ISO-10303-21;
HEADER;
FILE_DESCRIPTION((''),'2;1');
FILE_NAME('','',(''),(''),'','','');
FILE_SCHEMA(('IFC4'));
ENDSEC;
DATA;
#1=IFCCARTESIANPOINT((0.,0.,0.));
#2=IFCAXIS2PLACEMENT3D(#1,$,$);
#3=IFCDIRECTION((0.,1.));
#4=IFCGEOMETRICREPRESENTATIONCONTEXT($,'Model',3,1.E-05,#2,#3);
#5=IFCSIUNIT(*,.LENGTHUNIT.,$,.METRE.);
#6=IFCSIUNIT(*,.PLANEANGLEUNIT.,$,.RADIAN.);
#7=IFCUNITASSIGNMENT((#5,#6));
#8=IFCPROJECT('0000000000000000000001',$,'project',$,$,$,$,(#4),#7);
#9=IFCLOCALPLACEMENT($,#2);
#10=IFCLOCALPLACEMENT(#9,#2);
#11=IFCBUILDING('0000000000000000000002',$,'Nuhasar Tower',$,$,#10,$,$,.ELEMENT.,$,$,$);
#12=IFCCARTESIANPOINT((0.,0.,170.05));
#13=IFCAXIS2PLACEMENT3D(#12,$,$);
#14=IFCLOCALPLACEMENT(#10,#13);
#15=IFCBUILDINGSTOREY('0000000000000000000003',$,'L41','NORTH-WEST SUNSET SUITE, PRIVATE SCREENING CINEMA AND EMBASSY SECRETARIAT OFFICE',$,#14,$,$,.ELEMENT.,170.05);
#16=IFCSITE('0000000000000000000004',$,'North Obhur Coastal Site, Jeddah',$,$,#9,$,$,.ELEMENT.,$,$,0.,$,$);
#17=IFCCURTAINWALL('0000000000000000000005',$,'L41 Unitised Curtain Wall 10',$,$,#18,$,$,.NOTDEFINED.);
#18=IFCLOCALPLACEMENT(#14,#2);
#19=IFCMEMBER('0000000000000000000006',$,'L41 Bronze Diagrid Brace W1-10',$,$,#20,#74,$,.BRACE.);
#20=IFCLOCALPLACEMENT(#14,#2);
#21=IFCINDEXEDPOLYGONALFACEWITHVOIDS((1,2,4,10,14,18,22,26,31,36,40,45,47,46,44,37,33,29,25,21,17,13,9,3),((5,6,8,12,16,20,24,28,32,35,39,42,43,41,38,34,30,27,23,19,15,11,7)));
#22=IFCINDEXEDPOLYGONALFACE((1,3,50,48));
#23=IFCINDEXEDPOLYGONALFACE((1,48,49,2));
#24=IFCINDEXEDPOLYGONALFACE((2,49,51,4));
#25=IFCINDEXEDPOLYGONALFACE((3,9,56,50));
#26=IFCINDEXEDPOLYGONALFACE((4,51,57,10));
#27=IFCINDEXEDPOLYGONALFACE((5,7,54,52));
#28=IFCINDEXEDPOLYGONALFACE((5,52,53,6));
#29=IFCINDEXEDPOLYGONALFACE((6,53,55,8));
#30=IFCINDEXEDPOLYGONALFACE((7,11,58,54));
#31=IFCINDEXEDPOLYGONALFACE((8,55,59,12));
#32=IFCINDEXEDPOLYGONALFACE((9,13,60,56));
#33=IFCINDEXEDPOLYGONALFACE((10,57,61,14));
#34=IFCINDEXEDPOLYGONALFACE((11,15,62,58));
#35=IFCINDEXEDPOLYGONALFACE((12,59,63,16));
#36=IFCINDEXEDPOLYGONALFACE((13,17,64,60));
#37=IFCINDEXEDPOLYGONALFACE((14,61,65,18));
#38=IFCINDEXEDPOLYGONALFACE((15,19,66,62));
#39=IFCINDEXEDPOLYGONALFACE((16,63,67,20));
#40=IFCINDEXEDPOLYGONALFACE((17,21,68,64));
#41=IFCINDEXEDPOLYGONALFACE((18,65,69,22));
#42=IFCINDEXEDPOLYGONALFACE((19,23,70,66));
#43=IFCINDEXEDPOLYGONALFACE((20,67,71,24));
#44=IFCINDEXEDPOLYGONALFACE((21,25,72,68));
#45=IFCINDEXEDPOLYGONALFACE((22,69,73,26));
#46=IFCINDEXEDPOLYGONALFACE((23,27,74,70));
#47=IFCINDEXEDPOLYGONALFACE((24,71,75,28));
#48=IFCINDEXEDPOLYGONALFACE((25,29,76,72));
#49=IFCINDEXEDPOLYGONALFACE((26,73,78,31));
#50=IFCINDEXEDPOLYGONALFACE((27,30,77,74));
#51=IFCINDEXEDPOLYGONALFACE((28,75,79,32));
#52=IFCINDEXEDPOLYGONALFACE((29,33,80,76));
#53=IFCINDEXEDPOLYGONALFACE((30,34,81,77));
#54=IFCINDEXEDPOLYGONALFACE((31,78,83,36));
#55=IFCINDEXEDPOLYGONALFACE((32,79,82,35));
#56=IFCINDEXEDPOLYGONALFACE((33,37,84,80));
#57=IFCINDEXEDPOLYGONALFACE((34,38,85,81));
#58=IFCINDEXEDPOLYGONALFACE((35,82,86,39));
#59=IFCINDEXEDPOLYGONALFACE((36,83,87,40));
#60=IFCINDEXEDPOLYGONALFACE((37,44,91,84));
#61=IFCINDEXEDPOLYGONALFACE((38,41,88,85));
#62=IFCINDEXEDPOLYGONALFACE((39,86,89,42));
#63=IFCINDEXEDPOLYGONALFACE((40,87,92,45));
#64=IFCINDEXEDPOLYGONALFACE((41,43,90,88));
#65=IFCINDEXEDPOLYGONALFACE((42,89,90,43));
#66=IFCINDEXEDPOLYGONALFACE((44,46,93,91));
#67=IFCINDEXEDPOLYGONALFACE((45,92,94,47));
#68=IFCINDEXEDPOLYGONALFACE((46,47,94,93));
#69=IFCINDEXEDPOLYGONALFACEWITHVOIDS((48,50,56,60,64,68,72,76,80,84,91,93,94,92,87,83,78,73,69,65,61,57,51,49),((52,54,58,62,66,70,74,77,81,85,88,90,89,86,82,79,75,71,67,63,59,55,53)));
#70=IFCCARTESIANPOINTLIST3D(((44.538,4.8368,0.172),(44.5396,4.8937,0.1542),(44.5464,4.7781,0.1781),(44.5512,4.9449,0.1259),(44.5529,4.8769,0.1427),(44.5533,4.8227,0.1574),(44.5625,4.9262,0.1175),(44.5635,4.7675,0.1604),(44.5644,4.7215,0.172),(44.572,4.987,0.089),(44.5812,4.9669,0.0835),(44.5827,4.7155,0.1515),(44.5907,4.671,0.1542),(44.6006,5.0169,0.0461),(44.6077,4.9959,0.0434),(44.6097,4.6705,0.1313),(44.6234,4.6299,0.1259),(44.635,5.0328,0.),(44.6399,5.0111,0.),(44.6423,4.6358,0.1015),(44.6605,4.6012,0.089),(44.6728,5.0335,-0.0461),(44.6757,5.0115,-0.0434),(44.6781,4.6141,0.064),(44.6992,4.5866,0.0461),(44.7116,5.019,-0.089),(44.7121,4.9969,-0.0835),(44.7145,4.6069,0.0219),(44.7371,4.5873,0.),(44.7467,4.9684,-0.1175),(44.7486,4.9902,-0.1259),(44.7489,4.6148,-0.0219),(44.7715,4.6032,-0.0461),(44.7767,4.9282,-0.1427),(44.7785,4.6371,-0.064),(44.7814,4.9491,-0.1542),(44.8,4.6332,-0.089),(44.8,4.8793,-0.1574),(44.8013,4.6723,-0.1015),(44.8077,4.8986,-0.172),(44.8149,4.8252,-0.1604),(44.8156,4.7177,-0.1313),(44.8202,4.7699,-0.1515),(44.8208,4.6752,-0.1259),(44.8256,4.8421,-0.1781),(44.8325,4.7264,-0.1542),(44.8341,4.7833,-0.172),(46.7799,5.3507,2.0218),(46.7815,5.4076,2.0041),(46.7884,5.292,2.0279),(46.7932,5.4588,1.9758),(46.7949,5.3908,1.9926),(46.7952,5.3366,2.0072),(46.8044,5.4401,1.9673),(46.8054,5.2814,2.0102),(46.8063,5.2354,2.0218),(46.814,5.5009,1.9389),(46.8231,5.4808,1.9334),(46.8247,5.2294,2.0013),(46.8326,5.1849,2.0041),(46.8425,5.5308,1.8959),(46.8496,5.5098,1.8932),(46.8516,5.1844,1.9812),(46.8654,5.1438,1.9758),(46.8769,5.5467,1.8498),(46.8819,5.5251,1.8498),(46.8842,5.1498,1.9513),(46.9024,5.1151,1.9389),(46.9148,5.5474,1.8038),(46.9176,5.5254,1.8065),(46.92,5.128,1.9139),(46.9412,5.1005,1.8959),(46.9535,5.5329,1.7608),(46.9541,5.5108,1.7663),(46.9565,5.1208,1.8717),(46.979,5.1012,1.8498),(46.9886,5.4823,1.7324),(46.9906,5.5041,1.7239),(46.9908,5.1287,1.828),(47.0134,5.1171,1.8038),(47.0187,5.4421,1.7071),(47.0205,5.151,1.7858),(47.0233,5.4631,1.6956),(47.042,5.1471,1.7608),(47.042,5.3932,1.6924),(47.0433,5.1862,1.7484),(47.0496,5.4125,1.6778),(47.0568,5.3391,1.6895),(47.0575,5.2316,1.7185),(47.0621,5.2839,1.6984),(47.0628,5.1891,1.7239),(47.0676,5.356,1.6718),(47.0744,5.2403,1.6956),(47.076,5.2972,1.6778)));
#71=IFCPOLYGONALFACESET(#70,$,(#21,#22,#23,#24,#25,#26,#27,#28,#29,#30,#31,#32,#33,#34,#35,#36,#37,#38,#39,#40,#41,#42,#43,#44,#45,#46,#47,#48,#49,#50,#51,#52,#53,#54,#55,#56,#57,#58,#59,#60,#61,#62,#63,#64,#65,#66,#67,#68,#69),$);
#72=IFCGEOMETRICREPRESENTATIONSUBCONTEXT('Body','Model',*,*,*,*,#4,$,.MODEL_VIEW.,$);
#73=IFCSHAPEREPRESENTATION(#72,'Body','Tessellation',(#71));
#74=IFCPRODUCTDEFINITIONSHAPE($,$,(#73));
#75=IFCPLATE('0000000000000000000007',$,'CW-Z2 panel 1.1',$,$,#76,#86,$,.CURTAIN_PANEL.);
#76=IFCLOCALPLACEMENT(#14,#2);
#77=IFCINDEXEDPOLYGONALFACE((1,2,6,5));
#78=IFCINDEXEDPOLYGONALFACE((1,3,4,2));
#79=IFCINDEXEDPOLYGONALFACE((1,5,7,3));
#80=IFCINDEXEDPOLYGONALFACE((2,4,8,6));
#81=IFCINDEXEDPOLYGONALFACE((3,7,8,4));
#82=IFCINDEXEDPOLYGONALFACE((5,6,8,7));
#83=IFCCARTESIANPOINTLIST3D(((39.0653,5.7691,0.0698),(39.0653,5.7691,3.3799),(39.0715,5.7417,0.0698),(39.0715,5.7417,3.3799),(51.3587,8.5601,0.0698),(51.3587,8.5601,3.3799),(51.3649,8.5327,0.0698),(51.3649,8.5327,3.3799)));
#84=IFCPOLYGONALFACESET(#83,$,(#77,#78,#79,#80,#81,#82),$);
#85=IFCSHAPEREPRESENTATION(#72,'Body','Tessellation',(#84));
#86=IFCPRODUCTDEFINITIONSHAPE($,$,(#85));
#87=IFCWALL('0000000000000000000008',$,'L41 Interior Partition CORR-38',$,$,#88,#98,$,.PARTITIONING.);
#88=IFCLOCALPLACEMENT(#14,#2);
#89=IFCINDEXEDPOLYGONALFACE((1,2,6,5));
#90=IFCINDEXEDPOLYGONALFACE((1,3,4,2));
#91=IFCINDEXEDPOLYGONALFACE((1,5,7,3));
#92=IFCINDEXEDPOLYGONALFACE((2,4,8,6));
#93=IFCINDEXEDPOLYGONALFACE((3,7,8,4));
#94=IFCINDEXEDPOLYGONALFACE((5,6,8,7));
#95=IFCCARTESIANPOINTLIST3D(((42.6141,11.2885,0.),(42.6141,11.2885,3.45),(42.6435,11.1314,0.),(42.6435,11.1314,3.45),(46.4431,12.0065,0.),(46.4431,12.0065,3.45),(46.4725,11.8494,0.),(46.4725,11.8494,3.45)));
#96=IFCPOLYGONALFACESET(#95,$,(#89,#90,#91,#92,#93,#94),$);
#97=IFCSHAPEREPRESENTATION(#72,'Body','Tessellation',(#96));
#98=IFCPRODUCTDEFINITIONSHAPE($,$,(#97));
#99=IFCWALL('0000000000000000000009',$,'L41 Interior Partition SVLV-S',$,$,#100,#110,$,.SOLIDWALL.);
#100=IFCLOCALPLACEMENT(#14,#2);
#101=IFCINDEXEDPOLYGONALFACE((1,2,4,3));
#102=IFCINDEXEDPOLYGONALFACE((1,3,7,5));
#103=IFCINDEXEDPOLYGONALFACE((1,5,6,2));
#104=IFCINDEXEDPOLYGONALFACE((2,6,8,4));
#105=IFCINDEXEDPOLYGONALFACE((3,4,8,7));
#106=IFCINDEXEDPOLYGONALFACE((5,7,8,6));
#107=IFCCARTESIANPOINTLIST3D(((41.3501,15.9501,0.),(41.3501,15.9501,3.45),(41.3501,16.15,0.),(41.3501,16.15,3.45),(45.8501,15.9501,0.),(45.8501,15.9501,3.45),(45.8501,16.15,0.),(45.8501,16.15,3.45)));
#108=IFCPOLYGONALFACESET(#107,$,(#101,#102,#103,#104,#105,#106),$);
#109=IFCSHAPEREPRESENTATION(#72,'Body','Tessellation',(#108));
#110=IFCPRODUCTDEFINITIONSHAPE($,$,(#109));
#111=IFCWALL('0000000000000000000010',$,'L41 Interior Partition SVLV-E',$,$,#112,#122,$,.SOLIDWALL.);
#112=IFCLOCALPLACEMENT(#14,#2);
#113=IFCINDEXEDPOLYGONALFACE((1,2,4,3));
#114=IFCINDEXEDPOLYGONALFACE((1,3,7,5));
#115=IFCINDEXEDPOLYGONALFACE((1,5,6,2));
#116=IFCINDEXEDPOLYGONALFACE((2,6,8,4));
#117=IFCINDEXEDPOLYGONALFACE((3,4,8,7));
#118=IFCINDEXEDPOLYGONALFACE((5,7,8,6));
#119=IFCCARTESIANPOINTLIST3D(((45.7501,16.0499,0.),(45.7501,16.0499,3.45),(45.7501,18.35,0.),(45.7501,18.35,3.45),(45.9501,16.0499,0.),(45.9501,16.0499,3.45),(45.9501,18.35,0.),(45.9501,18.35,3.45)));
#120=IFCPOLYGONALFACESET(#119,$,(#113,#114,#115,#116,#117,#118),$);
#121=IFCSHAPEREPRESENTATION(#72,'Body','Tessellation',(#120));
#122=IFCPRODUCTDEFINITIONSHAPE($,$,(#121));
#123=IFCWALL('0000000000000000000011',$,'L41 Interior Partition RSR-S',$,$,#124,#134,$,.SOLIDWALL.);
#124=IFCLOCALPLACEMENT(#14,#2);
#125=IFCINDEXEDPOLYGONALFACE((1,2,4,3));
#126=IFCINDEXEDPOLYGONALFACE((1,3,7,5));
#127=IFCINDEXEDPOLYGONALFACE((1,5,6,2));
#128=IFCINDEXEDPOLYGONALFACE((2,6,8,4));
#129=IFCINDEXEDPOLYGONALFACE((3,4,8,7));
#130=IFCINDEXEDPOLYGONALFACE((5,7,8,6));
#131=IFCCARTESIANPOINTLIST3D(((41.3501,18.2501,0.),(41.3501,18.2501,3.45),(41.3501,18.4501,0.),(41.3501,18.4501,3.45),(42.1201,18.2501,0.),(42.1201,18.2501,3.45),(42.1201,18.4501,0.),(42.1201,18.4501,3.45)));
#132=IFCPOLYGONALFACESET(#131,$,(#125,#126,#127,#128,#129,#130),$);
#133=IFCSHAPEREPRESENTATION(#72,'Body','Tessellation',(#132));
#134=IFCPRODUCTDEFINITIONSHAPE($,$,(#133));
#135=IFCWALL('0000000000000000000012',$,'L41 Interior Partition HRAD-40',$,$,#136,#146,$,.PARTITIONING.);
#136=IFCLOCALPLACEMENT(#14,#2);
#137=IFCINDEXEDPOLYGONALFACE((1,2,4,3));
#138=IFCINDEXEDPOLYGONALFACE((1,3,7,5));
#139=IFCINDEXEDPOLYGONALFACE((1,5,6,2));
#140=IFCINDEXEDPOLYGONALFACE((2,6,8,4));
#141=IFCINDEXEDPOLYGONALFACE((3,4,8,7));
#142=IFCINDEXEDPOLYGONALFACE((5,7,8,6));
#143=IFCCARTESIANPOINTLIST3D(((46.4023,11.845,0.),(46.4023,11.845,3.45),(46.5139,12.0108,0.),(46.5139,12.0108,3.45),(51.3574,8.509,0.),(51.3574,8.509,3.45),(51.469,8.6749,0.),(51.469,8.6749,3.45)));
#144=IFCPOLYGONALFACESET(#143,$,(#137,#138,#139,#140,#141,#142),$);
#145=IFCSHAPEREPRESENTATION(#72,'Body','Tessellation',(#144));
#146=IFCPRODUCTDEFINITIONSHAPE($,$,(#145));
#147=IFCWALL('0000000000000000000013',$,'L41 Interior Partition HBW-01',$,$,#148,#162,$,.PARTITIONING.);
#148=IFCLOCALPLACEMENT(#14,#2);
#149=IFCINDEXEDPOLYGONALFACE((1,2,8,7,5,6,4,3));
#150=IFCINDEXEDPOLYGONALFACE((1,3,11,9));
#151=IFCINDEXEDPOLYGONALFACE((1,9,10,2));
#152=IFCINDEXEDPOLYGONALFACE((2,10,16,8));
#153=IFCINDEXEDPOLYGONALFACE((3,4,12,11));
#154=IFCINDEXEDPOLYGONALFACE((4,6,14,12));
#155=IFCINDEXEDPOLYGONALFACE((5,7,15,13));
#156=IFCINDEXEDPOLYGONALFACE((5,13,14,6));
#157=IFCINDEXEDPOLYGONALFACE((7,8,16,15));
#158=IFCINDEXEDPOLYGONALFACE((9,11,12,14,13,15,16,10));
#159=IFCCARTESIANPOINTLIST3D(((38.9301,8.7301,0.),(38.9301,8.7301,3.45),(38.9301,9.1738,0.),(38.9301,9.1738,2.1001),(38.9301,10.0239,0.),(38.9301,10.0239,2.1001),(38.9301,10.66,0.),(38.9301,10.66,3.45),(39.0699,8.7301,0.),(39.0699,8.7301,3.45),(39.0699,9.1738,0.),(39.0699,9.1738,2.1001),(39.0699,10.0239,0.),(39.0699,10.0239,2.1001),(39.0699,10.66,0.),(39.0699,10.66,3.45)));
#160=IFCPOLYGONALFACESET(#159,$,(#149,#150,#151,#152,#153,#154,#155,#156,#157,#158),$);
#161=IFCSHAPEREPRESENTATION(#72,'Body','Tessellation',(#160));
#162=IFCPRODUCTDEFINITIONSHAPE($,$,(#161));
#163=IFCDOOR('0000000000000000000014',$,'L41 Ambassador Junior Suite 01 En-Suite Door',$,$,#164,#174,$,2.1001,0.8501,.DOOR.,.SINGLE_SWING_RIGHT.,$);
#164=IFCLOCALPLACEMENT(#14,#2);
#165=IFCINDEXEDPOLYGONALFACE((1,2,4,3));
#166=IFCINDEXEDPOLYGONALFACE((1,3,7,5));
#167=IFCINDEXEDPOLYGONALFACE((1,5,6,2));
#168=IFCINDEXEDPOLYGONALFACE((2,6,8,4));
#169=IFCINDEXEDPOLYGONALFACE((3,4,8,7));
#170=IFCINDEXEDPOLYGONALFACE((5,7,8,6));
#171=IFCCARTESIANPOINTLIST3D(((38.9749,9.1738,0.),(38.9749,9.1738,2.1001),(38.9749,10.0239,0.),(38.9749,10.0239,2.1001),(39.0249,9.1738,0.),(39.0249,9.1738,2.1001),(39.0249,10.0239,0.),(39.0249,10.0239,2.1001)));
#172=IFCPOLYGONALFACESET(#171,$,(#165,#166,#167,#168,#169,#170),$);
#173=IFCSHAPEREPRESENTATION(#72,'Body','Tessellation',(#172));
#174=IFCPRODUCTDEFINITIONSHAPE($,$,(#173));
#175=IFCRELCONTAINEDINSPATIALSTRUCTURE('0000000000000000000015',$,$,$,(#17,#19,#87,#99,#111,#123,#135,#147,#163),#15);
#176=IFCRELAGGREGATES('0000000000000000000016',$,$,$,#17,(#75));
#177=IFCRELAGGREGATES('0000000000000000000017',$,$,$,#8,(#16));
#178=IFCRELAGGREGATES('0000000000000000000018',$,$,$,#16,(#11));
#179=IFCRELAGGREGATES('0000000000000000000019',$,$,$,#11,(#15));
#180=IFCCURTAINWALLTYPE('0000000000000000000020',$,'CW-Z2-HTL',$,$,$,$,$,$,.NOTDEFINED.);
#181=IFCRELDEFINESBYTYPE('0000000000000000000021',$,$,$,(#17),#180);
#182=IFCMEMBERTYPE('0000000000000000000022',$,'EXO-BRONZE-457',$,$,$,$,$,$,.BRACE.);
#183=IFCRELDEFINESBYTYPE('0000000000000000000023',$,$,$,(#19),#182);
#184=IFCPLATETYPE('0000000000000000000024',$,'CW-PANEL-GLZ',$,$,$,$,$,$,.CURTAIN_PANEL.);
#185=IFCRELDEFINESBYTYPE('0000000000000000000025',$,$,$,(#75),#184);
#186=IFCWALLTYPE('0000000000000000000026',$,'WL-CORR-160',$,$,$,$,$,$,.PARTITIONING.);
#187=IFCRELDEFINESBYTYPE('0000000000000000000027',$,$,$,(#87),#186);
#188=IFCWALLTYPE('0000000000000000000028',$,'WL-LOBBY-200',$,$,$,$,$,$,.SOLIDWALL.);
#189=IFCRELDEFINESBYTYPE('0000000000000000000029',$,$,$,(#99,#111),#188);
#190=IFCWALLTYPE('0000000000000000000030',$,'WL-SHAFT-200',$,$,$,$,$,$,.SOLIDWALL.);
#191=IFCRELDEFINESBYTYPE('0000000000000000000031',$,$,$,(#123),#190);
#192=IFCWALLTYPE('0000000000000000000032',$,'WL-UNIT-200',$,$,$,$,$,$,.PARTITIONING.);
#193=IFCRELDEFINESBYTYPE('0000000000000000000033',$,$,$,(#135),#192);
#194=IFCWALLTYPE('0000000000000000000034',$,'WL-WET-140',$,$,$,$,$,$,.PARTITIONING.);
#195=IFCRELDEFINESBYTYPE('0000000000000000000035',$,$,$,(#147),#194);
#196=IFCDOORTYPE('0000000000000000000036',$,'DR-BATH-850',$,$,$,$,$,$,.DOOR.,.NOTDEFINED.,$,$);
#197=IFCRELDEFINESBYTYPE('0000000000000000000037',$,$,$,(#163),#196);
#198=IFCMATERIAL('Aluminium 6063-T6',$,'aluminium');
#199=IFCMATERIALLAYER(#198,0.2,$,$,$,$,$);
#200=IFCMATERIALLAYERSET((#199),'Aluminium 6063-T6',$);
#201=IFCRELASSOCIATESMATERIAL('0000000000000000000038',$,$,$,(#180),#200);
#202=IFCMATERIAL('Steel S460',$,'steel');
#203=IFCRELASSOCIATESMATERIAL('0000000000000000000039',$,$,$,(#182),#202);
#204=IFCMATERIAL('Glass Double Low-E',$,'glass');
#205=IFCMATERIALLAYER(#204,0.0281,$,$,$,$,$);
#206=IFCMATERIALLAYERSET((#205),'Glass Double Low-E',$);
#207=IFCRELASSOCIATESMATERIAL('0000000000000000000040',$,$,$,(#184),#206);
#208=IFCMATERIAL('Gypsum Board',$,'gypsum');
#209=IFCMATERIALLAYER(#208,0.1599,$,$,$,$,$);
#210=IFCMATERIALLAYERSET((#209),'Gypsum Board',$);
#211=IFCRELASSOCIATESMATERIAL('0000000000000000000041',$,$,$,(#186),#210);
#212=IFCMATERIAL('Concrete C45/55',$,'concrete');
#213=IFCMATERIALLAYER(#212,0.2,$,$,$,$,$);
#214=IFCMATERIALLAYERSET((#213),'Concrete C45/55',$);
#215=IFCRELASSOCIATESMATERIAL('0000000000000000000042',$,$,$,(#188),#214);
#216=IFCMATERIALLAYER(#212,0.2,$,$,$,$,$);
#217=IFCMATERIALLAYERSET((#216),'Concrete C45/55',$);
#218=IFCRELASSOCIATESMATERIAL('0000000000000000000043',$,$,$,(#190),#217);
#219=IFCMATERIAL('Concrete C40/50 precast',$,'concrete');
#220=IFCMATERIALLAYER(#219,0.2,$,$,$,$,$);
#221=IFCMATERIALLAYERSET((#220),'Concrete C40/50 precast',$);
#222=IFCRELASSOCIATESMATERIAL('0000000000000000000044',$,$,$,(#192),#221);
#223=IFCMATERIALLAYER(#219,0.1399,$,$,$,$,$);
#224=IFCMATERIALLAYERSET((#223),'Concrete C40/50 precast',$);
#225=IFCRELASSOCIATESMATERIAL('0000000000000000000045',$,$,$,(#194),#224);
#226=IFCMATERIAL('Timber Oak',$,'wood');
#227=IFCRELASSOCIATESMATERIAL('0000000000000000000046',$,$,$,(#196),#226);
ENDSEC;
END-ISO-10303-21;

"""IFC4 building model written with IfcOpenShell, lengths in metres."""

from ifc_helpers import new_model, si_unit, direction, frame, frame_2d, origin, origin_2d, place, context, subcontext, project, spatial, rectangle, hollow_circle, extrude, material, layer, layer_set, material_profile, profile_set, type_object, element, fill, aggregate, save


model = new_model("IFC4")

# Units and contexts
model_context = context("Model", 3, precision=1e-05, world=origin(), true_north=direction((0.0, 1.0)))
body_context = subcontext(model_context, "Body", "Model", "MODEL_VIEW")
ifc_project = project(units=[si_unit("LENGTHUNIT", "METRE"), si_unit("PLANEANGLEUNIT", "RADIAN")], contexts=[model_context])

# Site, building, storey
site_placement = place(None, origin())
site = spatial("IfcSite", under=ifc_project, at=site_placement, Name="North Obhur Coastal Site, Jeddah", CompositionType="ELEMENT", RefElevation=0.0)
building_placement = place(site_placement, origin())
building = spatial("IfcBuilding", under=site, at=building_placement, Name="Nuhasar Tower", CompositionType="ELEMENT")
storey_placement = place(building_placement, frame((0.0, 0.0, 170.05)))
storey = spatial("IfcBuildingStorey", under=building, at=storey_placement, Name="L41", Description="NORTH-WEST SUNSET SUITE, PRIVATE SCREENING CINEMA AND EMBASSY SECRETARIAT OFFICE", CompositionType="ELEMENT", Elevation=170.05)

# Shared definitions
ifc_material_1 = material(Name="Aluminium 6063-T6", Category="aluminium")
ifc_layer_1 = layer(ifc_material_1, 0.2)
ifc_layer_set_1 = layer_set([ifc_layer_1], Name="Aluminium 6063-T6")
curtain_wall_type = type_object("IfcCurtainWallType", Name="CW-Z2-HTL", PredefinedType="NOTDEFINED", material=ifc_layer_set_1)

# Curtain wall
curtain_wall_1_placement = place(storey_placement, origin())
curtain_wall_1 = element("IfcCurtainWall", 1, at=curtain_wall_1_placement, inside=storey, type_object=curtain_wall_type, Name="L41 Unitised Curtain Wall 10", PredefinedType="NOTDEFINED")

# Member
ifc_material_2 = material(Name="Steel S460", Category="steel")
ifc_material_profile_1 = material_profile(ifc_material_2, hollow_circle(Radius=0.2285, WallThickness=0.0222, at=origin_2d()), Name="HSS457X22.2")
ifc_profile_set_1 = profile_set([ifc_material_profile_1], Name="Steel S460")
member_type_1 = type_object("IfcMemberType", Name="EXO-BRONZE-457", PredefinedType="BRACE", material=ifc_profile_set_1)
member_1_placement = place(storey_placement, frame((44.686, 4.8101, 0.0), z_axis=(0.75955, 0.17411, 0.626713), x_axis=(-0.223433, 0.974719, 0.0)))
element("IfcMember", 2, at=member_1_placement, inside=storey, type_object=member_type_1, Name="L41 Bronze Diagrid Brace W1-10", PredefinedType="BRACE", context=body_context, shape_type="SweptSolid", body=[
    extrude(hollow_circle(Radius=0.2285, WallThickness=0.0222, at=origin_2d()), origin(), (0.0, 0.0, 1.0), 2.9517),
])

# Plate
ifc_material_3 = material(Name="Glass Double Low-E", Category="glass")
ifc_layer_2 = layer(ifc_material_3, 0.0281)
ifc_layer_set_2 = layer_set([ifc_layer_2], Name="Glass Double Low-E")
plate_type = type_object("IfcPlateType", Name="CW-PANEL-GLZ", PredefinedType="CURTAIN_PANEL", material=ifc_layer_set_2)
plate_placement = place(storey_placement, frame((45.2151, 7.1509, 0.0698), z_axis=(0.0, 0.0, 1.0), x_axis=(0.975184, 0.221397, 0.0)))
plate = element("IfcPlate", 3, at=plate_placement, type_object=plate_type, Name="CW-Z2 panel 1.1", PredefinedType="CURTAIN_PANEL", context=body_context, shape_type="SweptSolid", body=[
    extrude(rectangle(XDim=12.6062, YDim=0.0281, at=origin_2d()), origin(), (0.0, 0.0, 1.0), 3.3101),
])
aggregate(curtain_wall_1, [plate])

# Shared definitions
ifc_material_4 = material(Name="Gypsum Board", Category="gypsum")
ifc_layer_3 = layer(ifc_material_4, 0.1599)
ifc_layer_set_3 = layer_set([ifc_layer_3], Name="Gypsum Board")
wall_type_1 = type_object("IfcWallType", Name="WL-CORR-160", PredefinedType="PARTITIONING", material=ifc_layer_set_3)
ifc_material_5 = material(Name="Timber Oak", Category="wood")

# Wall
wall_1_placement = place(storey_placement, frame((42.6289, 11.21, 0.0), z_axis=(0.0, 0.0, 1.0), x_axis=(0.982869, 0.184304, 0.0)))
element("IfcWall", 4, at=wall_1_placement, inside=storey, type_object=wall_type_1, Name="L41 Interior Partition CORR-38", PredefinedType="PARTITIONING", context=body_context, shape_type="SweptSolid", body=[
    extrude(rectangle(XDim=3.8958, YDim=0.1599, at=frame_2d((1.9478, 0.0))), origin(), (0.0, 0.0, 1.0), 3.45),
])

# Shared definitions
ifc_material_6 = material(Name="Concrete C45/55", Category="concrete")
ifc_layer_4 = layer(ifc_material_6, 0.2)
ifc_layer_set_4 = layer_set([ifc_layer_4], Name="Concrete C45/55")
wall_type_2 = type_object("IfcWallType", Name="WL-LOBBY-200", PredefinedType="SOLIDWALL", material=ifc_layer_set_4)

# Walls
wall_2_placement = place(storey_placement, frame((41.3501, 16.05, 0.0), z_axis=(0.0, 0.0, 1.0), x_axis=(1.0, 0.0, 0.0)))
element("IfcWall", 5, at=wall_2_placement, inside=storey, type_object=wall_type_2, Name="L41 Interior Partition SVLV-S", PredefinedType="SOLIDWALL", context=body_context, shape_type="SweptSolid", body=[
    extrude(rectangle(XDim=4.5, YDim=0.2, at=frame_2d((2.25, 0.0))), origin(), (0.0, 0.0, 1.0), 3.45),
])
wall_3_placement = place(storey_placement, frame((45.8501, 16.05, 0.0), z_axis=(0.0, 0.0, 1.0), x_axis=(0.0, 1.0, 0.0)))
element("IfcWall", 6, at=wall_3_placement, inside=storey, type_object=wall_type_2, Name="L41 Interior Partition SVLV-E", PredefinedType="SOLIDWALL", context=body_context, shape_type="SweptSolid", body=[
    extrude(rectangle(XDim=2.3, YDim=0.2, at=frame_2d((1.1499, 0.0))), origin(), (0.0, 0.0, 1.0), 3.45),
])
ifc_layer_5 = layer(ifc_material_6, 0.2)
ifc_layer_set_5 = layer_set([ifc_layer_5], Name="Concrete C45/55")
wall_type_3 = type_object("IfcWallType", Name="WL-SHAFT-200", PredefinedType="SOLIDWALL", material=ifc_layer_set_5)
wall_4_placement = place(storey_placement, frame((41.3501, 18.3501, 0.0), z_axis=(0.0, 0.0, 1.0), x_axis=(1.0, 0.0, 0.0)))
element("IfcWall", 7, at=wall_4_placement, inside=storey, type_object=wall_type_3, Name="L41 Interior Partition RSR-S", PredefinedType="SOLIDWALL", context=body_context, shape_type="SweptSolid", body=[
    extrude(rectangle(XDim=0.77, YDim=0.2, at=frame_2d((0.385, 0.0))), origin(), (0.0, 0.0, 1.0), 3.45),
])
ifc_material_7 = material(Name="Concrete C40/50 precast", Category="concrete")
ifc_layer_6 = layer(ifc_material_7, 0.2)
ifc_layer_set_6 = layer_set([ifc_layer_6], Name="Concrete C40/50 precast")
wall_type_4 = type_object("IfcWallType", Name="WL-UNIT-200", PredefinedType="PARTITIONING", material=ifc_layer_set_6)
wall_5_placement = place(storey_placement, frame((46.458, 11.928, 0.0), z_axis=(0.0, 0.0, 1.0), x_axis=(0.829527, -0.558467, 0.0)))
element("IfcWall", 8, at=wall_5_placement, inside=storey, type_object=wall_type_4, Name="L41 Interior Partition HRAD-40", PredefinedType="PARTITIONING", context=body_context, shape_type="SweptSolid", body=[
    extrude(rectangle(XDim=5.9734, YDim=0.2, at=frame_2d((2.9868, 0.0))), origin(), (0.0, 0.0, 1.0), 3.45),
])

# Wall, opening, door
ifc_layer_7 = layer(ifc_material_7, 0.1399)
ifc_layer_set_7 = layer_set([ifc_layer_7], Name="Concrete C40/50 precast")
wall_type_5 = type_object("IfcWallType", Name="WL-WET-140", PredefinedType="PARTITIONING", material=ifc_layer_set_7)
wall_6_placement = place(storey_placement, frame((39.0, 10.6599, 0.0), z_axis=(0.0, 0.0, 1.0), x_axis=(0.0, -1.0, 0.0)))
wall_6 = element("IfcWall", 9, at=wall_6_placement, inside=storey, type_object=wall_type_5, Name="L41 Interior Partition HBW-01", PredefinedType="PARTITIONING", context=body_context, shape_type="SweptSolid", body=[
    extrude(rectangle(XDim=1.9299, YDim=0.1399, at=frame_2d((0.9648, 0.0))), origin(), (0.0, 0.0, 1.0), 3.45),
])
opening_1_placement = place(wall_6_placement, frame((0.636, 0.0, 0.0)))
opening_1 = element("IfcOpeningElement", 10, at=opening_1_placement, cuts=wall_6, PredefinedType="OPENING", context=body_context, shape_type="SweptSolid", body=[
    extrude(rectangle(XDim=0.8501, YDim=2.1001, at=frame_2d((0.425, 1.05))), frame((0.0, 0.0801, 0.0), z_axis=(0.0, -1.0, 0.0), x_axis=(1.0, 0.0, 0.0)), (0.0, 0.0, 1.0), 0.1599),
])
door_type_1 = type_object("IfcDoorType", Name="DR-BATH-850", OperationType="NOTDEFINED", PredefinedType="DOOR", material=ifc_material_5)
door_1_placement = place(opening_1_placement, origin())
door_1 = element("IfcDoor", 11, at=door_1_placement, inside=storey, type_object=door_type_1, Name="L41 Ambassador Junior Suite 01 En-Suite Door", OperationType="SINGLE_SWING_RIGHT", OverallHeight=2.1001, OverallWidth=0.8501, PredefinedType="DOOR", context=body_context, shape_type="SweptSolid", body=[
    extrude(rectangle(XDim=0.8501, YDim=2.1001, at=frame_2d((0.425, 1.05))), frame((0.0, 0.0249, 0.0), z_axis=(0.0, -1.0, 0.0), x_axis=(1.0, 0.0, 0.0)), (0.0, 0.0, 1.0), 0.05),
])
fill(opening_1, door_1)

save(model, "model.ifc")
